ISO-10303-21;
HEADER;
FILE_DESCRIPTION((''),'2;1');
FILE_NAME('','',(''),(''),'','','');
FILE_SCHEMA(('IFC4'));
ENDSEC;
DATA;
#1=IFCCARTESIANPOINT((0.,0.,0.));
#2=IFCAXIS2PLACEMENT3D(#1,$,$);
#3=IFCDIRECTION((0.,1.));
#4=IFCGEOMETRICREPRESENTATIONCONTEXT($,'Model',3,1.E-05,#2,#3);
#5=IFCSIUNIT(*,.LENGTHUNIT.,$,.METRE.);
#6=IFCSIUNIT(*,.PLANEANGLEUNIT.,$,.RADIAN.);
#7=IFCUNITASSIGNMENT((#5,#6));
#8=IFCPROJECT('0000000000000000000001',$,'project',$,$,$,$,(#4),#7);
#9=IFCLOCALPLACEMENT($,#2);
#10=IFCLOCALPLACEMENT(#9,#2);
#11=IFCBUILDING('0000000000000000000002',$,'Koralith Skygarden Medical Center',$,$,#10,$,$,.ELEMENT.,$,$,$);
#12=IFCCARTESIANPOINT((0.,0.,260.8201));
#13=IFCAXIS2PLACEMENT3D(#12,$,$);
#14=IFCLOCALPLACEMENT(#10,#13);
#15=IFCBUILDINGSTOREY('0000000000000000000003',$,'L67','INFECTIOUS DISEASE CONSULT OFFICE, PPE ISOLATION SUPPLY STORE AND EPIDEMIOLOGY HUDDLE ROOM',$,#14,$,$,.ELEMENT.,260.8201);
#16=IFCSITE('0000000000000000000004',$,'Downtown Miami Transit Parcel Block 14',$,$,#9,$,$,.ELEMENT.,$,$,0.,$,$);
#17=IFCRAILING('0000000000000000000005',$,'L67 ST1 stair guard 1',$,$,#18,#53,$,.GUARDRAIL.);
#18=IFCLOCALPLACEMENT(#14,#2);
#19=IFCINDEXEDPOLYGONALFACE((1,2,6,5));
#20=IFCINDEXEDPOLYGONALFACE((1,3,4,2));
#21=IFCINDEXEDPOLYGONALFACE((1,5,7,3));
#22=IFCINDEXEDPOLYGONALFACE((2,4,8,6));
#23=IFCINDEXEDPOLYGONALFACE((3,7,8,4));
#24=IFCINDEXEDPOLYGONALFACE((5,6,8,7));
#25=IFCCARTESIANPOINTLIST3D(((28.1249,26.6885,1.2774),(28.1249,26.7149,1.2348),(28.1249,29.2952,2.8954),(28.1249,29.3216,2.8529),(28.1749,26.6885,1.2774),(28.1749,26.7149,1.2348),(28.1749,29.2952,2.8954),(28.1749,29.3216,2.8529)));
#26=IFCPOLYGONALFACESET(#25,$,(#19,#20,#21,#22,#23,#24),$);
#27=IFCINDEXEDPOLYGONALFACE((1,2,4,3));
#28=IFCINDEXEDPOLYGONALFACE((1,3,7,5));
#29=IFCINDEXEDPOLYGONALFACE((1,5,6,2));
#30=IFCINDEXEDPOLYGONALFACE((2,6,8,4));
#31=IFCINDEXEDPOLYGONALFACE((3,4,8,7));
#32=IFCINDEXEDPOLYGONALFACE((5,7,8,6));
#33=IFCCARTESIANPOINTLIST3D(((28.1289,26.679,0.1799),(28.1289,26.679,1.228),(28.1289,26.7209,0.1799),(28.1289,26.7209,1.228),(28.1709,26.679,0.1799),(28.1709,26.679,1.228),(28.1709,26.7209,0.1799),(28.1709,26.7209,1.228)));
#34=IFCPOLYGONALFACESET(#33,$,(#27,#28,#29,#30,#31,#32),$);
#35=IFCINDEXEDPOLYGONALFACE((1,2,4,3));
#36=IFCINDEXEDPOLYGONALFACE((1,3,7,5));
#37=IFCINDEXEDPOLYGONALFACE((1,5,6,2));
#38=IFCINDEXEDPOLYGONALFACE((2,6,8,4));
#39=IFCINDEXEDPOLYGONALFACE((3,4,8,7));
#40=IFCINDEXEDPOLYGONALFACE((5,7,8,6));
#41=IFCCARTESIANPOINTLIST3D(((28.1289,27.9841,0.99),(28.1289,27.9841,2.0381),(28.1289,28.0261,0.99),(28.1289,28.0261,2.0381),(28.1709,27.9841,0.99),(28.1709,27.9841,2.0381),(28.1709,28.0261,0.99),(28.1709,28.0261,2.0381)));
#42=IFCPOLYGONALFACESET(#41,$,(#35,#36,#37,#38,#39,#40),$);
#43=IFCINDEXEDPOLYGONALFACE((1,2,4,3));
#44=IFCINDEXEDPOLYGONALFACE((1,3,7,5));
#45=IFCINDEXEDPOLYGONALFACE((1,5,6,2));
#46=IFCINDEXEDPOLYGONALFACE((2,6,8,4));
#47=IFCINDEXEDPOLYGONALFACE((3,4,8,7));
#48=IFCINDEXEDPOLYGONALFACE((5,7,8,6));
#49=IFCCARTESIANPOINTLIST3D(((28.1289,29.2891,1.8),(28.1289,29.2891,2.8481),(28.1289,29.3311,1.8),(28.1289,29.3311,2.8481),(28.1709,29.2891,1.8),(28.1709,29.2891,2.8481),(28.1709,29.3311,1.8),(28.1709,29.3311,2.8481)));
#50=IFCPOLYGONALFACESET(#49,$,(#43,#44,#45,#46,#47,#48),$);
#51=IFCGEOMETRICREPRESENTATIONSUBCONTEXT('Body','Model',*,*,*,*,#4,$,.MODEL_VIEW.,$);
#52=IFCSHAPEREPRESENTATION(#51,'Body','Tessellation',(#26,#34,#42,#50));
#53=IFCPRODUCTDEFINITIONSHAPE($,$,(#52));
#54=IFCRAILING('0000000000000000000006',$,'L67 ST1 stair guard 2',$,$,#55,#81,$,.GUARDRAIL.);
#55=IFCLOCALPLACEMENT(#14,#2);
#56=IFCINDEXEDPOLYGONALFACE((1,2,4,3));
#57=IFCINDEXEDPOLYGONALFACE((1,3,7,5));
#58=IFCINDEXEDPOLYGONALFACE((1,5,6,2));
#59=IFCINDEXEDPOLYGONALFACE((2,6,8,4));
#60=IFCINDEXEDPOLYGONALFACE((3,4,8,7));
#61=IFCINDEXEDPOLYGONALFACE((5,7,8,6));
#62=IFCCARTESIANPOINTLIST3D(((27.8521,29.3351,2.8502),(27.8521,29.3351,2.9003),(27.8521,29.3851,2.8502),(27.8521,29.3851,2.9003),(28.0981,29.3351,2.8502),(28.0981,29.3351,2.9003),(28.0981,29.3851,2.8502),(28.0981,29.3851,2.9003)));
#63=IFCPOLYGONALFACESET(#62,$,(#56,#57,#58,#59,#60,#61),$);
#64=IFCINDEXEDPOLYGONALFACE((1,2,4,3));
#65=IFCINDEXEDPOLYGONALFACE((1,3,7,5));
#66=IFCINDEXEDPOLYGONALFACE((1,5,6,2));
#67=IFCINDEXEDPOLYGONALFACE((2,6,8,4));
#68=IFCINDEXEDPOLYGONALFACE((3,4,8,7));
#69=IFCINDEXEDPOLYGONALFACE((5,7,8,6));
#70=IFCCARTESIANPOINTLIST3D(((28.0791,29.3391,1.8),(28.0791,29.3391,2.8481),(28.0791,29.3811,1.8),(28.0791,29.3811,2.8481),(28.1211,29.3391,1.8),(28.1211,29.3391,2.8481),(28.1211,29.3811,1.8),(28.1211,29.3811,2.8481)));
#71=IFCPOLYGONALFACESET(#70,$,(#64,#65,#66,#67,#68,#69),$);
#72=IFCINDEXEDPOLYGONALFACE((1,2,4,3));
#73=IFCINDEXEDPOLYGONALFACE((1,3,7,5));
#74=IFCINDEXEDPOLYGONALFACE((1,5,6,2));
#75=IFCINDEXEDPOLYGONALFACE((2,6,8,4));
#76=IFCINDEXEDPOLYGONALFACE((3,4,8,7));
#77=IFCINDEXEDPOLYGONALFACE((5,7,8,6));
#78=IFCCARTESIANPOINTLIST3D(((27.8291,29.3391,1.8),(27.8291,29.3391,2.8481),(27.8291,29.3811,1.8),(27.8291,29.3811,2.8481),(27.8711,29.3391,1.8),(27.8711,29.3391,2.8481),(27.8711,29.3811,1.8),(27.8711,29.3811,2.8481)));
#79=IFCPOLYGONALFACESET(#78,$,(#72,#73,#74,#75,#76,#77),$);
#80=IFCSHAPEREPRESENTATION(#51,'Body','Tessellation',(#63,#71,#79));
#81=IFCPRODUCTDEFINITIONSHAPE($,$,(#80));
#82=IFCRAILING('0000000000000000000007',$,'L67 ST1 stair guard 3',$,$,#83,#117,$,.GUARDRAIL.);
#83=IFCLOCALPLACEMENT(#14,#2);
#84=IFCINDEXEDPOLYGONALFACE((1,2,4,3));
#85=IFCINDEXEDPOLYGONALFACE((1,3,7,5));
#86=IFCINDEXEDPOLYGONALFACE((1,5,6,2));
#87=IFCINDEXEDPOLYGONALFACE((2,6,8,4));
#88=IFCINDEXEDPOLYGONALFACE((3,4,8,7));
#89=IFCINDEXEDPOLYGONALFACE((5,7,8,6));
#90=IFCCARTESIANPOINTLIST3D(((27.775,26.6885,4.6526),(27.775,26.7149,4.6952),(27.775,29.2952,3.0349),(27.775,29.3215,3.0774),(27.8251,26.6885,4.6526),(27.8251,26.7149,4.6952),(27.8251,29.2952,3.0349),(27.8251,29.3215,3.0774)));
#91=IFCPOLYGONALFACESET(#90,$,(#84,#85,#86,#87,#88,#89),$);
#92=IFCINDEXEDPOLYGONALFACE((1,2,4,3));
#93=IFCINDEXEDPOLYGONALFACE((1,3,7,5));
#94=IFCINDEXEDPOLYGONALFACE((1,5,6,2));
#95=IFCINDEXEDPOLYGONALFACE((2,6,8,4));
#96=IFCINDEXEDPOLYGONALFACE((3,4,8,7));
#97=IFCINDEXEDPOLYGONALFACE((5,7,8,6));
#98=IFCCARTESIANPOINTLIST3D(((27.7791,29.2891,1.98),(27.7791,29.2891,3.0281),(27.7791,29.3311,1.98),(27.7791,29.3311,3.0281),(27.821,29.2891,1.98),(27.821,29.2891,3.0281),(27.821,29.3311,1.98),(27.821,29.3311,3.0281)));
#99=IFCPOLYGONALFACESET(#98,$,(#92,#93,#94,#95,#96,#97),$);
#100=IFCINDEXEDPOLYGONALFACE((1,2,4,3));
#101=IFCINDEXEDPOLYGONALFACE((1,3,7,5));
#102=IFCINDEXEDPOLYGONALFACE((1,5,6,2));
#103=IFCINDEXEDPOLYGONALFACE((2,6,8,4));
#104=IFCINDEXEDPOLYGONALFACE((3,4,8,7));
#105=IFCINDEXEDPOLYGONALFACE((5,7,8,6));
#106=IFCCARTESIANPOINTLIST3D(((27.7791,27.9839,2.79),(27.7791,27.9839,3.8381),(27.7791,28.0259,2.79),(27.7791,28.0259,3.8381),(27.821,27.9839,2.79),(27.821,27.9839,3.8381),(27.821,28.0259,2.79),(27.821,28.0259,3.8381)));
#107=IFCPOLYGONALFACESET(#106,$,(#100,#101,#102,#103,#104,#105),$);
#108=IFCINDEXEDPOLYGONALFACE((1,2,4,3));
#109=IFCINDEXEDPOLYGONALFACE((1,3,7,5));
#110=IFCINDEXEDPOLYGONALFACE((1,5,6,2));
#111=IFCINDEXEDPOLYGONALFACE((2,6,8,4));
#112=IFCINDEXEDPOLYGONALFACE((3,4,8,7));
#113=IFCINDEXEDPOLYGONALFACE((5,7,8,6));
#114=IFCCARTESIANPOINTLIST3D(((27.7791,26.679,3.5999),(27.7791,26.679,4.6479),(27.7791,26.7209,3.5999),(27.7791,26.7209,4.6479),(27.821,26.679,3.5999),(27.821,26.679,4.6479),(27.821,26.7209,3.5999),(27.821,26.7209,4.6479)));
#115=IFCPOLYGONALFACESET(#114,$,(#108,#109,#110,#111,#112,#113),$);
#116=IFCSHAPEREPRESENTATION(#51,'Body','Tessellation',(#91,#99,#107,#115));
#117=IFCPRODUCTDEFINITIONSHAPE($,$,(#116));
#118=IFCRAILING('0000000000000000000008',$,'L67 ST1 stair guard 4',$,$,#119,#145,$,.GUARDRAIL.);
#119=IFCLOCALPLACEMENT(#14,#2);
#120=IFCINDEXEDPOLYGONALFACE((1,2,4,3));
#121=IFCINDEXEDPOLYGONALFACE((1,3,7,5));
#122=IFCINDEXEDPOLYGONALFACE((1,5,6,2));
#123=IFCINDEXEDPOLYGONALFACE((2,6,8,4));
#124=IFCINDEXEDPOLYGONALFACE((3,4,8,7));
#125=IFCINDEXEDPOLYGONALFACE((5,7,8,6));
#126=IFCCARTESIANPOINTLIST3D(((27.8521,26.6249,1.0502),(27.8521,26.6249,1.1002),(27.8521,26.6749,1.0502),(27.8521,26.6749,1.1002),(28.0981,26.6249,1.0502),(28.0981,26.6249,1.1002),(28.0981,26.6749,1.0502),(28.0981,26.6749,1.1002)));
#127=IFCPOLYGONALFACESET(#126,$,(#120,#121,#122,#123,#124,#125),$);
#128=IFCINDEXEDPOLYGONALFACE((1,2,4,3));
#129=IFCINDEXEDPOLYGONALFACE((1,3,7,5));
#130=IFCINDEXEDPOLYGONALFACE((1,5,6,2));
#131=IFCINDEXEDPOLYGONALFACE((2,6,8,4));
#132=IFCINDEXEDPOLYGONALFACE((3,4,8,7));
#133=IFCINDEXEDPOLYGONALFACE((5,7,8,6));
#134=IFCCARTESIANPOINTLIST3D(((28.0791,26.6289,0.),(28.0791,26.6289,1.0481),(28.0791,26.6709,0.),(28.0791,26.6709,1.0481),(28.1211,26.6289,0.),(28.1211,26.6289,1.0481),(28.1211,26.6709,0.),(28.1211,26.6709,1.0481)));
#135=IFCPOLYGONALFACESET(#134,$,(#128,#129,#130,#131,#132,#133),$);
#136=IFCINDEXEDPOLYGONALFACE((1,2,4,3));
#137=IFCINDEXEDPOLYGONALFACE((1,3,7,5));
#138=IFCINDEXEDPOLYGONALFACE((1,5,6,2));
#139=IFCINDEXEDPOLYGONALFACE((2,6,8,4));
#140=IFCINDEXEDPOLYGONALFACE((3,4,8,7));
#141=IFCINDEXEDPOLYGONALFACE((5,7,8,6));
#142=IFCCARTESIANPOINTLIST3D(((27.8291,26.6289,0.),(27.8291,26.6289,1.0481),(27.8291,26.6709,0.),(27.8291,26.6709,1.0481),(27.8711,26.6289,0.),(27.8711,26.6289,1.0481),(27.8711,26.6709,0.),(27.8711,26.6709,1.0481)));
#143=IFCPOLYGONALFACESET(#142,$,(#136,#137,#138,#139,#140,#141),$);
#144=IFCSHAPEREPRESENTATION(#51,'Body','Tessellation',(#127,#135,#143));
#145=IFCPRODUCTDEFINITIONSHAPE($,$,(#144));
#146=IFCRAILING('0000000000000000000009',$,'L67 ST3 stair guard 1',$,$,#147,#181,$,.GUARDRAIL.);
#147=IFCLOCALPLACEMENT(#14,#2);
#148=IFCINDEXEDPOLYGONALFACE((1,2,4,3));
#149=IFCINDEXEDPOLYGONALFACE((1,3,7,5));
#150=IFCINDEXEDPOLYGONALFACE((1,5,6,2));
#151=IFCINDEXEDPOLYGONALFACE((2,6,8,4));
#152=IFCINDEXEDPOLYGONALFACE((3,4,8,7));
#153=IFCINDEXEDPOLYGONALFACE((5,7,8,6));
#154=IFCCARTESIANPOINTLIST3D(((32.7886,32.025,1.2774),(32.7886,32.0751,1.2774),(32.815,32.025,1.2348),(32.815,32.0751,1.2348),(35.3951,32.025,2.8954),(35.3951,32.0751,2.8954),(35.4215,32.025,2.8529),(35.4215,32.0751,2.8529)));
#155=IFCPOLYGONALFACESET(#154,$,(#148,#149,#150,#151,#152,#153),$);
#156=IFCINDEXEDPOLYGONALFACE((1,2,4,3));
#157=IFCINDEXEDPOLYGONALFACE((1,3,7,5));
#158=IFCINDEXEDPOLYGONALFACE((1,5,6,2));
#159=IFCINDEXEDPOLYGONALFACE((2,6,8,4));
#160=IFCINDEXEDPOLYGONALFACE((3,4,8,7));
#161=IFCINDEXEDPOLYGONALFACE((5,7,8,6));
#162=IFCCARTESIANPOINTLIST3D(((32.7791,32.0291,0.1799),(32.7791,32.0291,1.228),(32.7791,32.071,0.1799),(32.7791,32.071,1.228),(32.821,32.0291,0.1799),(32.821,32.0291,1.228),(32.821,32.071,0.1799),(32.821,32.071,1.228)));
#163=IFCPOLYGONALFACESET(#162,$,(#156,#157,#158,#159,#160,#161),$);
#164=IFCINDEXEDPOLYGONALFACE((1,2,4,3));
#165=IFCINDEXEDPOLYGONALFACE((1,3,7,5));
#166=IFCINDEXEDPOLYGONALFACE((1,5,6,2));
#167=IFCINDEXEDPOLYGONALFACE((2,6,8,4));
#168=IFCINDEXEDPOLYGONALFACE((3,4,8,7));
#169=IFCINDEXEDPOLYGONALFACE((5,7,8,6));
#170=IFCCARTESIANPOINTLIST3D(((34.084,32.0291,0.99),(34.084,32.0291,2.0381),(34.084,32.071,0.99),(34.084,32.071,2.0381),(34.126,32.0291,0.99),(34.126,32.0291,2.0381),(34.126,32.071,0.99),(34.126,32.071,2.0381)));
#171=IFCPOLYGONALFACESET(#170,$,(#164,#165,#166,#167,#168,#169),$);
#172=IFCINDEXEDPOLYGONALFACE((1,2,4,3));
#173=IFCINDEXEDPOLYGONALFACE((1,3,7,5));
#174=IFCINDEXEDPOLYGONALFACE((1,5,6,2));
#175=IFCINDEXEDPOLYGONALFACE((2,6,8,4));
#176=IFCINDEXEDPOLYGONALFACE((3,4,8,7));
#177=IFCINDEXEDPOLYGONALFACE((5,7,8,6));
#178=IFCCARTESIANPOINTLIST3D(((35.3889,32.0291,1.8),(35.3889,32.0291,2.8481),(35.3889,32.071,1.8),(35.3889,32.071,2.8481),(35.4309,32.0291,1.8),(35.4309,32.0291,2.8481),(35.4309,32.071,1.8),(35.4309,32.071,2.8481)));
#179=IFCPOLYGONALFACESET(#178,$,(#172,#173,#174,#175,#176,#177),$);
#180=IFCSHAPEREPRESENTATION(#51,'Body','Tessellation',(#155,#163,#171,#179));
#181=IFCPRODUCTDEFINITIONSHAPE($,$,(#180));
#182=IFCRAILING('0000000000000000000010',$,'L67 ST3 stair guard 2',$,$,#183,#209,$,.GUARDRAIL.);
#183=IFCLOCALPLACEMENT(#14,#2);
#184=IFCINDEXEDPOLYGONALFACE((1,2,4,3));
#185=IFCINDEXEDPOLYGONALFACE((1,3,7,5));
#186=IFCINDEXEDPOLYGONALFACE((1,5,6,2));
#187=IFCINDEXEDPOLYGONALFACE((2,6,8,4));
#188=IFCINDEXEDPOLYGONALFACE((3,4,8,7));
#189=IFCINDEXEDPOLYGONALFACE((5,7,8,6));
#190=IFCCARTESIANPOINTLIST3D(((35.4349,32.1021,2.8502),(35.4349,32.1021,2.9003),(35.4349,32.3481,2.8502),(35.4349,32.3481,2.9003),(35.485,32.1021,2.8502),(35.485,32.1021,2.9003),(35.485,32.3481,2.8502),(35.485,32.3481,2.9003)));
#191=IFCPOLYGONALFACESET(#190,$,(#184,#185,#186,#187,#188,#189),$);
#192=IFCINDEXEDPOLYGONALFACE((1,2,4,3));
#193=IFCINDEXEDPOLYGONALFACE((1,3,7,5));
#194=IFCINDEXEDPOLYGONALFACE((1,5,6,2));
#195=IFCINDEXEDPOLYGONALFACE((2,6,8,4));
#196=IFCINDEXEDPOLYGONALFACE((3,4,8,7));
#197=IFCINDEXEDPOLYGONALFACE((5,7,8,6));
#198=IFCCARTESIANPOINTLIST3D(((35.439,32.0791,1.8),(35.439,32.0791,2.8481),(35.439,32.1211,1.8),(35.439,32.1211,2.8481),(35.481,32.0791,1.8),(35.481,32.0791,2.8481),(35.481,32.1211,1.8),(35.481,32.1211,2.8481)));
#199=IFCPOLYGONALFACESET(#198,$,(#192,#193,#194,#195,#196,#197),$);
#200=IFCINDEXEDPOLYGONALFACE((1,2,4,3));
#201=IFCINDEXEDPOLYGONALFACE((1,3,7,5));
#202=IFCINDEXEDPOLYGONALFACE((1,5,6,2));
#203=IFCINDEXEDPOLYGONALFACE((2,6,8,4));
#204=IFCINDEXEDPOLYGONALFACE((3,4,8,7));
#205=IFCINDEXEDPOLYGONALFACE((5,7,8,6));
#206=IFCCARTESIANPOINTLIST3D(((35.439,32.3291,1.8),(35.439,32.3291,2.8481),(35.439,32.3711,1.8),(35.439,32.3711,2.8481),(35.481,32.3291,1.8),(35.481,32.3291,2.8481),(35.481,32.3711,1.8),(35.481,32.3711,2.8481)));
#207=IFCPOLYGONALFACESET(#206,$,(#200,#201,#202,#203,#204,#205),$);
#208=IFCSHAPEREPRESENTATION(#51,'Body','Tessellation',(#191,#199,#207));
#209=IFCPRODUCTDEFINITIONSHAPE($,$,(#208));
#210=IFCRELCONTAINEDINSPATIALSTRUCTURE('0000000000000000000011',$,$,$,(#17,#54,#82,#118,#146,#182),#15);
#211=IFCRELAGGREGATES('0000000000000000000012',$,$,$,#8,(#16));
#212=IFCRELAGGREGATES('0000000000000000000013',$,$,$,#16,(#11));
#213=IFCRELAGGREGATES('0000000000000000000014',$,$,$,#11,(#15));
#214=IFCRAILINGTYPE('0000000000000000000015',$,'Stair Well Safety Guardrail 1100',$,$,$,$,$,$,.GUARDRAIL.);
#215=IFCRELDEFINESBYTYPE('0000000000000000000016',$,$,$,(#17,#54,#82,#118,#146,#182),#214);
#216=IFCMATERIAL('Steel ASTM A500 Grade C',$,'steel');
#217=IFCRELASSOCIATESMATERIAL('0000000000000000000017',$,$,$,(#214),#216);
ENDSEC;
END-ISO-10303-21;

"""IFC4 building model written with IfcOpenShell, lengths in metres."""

from ifc_helpers import new_model, si_unit, direction, frame, origin, origin_2d, place, context, subcontext, project, spatial, rectangle, extrude, material, type_object, element, save


model = new_model("IFC4")

# Units and contexts
model_context = context("Model", 3, precision=1e-05, world=origin(), true_north=direction((0.0, 1.0)))
body_context = subcontext(model_context, "Body", "Model", "MODEL_VIEW")
ifc_project = project(units=[si_unit("LENGTHUNIT", "METRE"), si_unit("PLANEANGLEUNIT", "RADIAN")], contexts=[model_context])

# Site, building, storey
site_placement = place(None, origin())
site = spatial("IfcSite", under=ifc_project, at=site_placement, Name="Downtown Miami Transit Parcel Block 14", CompositionType="ELEMENT", RefElevation=0.0)
building_placement = place(site_placement, origin())
building = spatial("IfcBuilding", under=site, at=building_placement, Name="Koralith Skygarden Medical Center", CompositionType="ELEMENT")
storey_placement = place(building_placement, frame((0.0, 0.0, 260.8201)))
storey = spatial("IfcBuildingStorey", under=building, at=storey_placement, Name="L67", Description="INFECTIOUS DISEASE CONSULT OFFICE, PPE ISOLATION SUPPLY STORE AND EPIDEMIOLOGY HUDDLE ROOM", CompositionType="ELEMENT", Elevation=260.8201)

# Railings
ifc_material_1 = material(Name="Steel ASTM A500 Grade C", Category="steel")
railing_type_1 = type_object("IfcRailingType", Name="Stair Well Safety Guardrail 1100", PredefinedType="GUARDRAIL", material=ifc_material_1)
railing_1_placement = place(storey_placement, frame((28.1499, 26.7, 0.1799)))
element("IfcRailing", 1, at=railing_1_placement, inside=storey, type_object=railing_type_1, Name="L67 ST1 stair guard 1", PredefinedType="GUARDRAIL", context=body_context, shape_type="SweptSolid", body=[
    extrude(rectangle(XDim=0.05, YDim=0.05, at=origin_2d()), frame((0.0, 0.0017, 1.0762), z_axis=(0.0, 0.849633, 0.527375), x_axis=(-1.0, 0.0, 0.0)), (0.0, 0.0, 1.0), 3.0681),
    extrude(rectangle(XDim=0.042, YDim=0.042, at=origin_2d()), origin(), (0.0, 0.0, 1.0), 1.0481),
    extrude(rectangle(XDim=0.042, YDim=0.042, at=origin_2d()), frame((0.0, 1.3052, 0.8101)), (0.0, 0.0, 1.0), 1.0481),
    extrude(rectangle(XDim=0.042, YDim=0.042, at=origin_2d()), frame((0.0, 2.6101, 1.6201)), (0.0, 0.0, 1.0), 1.0481),
])
railing_2_placement = place(storey_placement, frame((28.1001, 29.3601, 1.8)))
element("IfcRailing", 2, at=railing_2_placement, inside=storey, type_object=railing_type_1, Name="L67 ST1 stair guard 2", PredefinedType="GUARDRAIL", context=body_context, shape_type="SweptSolid", body=[
    extrude(rectangle(XDim=0.05, YDim=0.05, at=origin_2d()), frame((-0.002, 0.0, 1.0752), z_axis=(-1.0, 0.0, 0.0), x_axis=(0.0, -1.0, 0.0)), (0.0, 0.0, 1.0), 0.2461),
    extrude(rectangle(XDim=0.042, YDim=0.042, at=origin_2d()), origin(), (0.0, 0.0, 1.0), 1.0481),
    extrude(rectangle(XDim=0.042, YDim=0.042, at=origin_2d()), frame((-0.25, 0.0, 0.0)), (0.0, 0.0, 1.0), 1.0481),
])
railing_3_placement = place(storey_placement, frame((27.8, 29.3101, 1.98)))
element("IfcRailing", 3, at=railing_3_placement, inside=storey, type_object=railing_type_1, Name="L67 ST1 stair guard 3", PredefinedType="GUARDRAIL", context=body_context, shape_type="SweptSolid", body=[
    extrude(rectangle(XDim=0.05, YDim=0.05, at=origin_2d()), frame((0.0, -0.0017, 1.0762), z_axis=(0.0, -0.849668, 0.527317), x_axis=(1.0, 0.0, 0.0)), (0.0, 0.0, 1.0), 3.0679),
    extrude(rectangle(XDim=0.042, YDim=0.042, at=origin_2d()), origin(), (0.0, 0.0, 1.0), 1.0481),
    extrude(rectangle(XDim=0.042, YDim=0.042, at=origin_2d()), frame((0.0, -1.3052, 0.8101)), (0.0, 0.0, 1.0), 1.0481),
    extrude(rectangle(XDim=0.042, YDim=0.042, at=origin_2d()), frame((0.0, -2.6101, 1.6199)), (0.0, 0.0, 1.0), 1.0481),
])
railing_4_placement = place(storey_placement, frame((28.1001, 26.6499, 0.0)))
element("IfcRailing", 4, at=railing_4_placement, inside=storey, type_object=railing_type_1, Name="L67 ST1 stair guard 4", PredefinedType="GUARDRAIL", context=body_context, shape_type="SweptSolid", body=[
    extrude(rectangle(XDim=0.05, YDim=0.05, at=origin_2d()), frame((-0.002, 0.0, 1.0752), z_axis=(-1.0, 0.0, 0.0), x_axis=(0.0, -1.0, 0.0)), (0.0, 0.0, 1.0), 0.2461),
    extrude(rectangle(XDim=0.042, YDim=0.042, at=origin_2d()), origin(), (0.0, 0.0, 1.0), 1.0481),
    extrude(rectangle(XDim=0.042, YDim=0.042, at=origin_2d()), frame((-0.25, 0.0, 0.0)), (0.0, 0.0, 1.0), 1.0481),
])
railing_5_placement = place(storey_placement, frame((32.8, 32.05, 0.1799)))
element("IfcRailing", 5, at=railing_5_placement, inside=storey, type_object=railing_type_1, Name="L67 ST3 stair guard 1", PredefinedType="GUARDRAIL", context=body_context, shape_type="SweptSolid", body=[
    extrude(rectangle(XDim=0.05, YDim=0.05, at=origin_2d()), frame((0.0017, 0.0, 1.0762), z_axis=(0.849611, 0.0, 0.52741), x_axis=(0.0, 1.0, 0.0)), (0.0, 0.0, 1.0), 3.0679),
    extrude(rectangle(XDim=0.042, YDim=0.042, at=origin_2d()), origin(), (0.0, 0.0, 1.0), 1.0481),
    extrude(rectangle(XDim=0.042, YDim=0.042, at=origin_2d()), frame((1.3049, 0.0, 0.8101)), (0.0, 0.0, 1.0), 1.0481),
    extrude(rectangle(XDim=0.042, YDim=0.042, at=origin_2d()), frame((2.6099, 0.0, 1.6201)), (0.0, 0.0, 1.0), 1.0481),
])
for number, where, name in (
    (6, (35.46, 32.1001, 1.8), "L67 ST3 stair guard 2"),
):
    element("IfcRailing", number, at=place(storey_placement, frame(where)), inside=storey, type_object=railing_type_1, Name=name, PredefinedType="GUARDRAIL", context=body_context, shape_type="SweptSolid", body=[
        extrude(rectangle(XDim=0.05, YDim=0.05, at=origin_2d()), frame((0.0, 0.002, 1.0752), z_axis=(0.0, 1.0, 0.0), x_axis=(-1.0, 0.0, 0.0)), (0.0, 0.0, 1.0), 0.2461),
        extrude(rectangle(XDim=0.042, YDim=0.042, at=origin_2d()), origin(), (0.0, 0.0, 1.0), 1.0481),
        extrude(rectangle(XDim=0.042, YDim=0.042, at=origin_2d()), frame((0.0, 0.25, 0.0)), (0.0, 0.0, 1.0), 1.0481),
    ])

save(model, "model.ifc")
